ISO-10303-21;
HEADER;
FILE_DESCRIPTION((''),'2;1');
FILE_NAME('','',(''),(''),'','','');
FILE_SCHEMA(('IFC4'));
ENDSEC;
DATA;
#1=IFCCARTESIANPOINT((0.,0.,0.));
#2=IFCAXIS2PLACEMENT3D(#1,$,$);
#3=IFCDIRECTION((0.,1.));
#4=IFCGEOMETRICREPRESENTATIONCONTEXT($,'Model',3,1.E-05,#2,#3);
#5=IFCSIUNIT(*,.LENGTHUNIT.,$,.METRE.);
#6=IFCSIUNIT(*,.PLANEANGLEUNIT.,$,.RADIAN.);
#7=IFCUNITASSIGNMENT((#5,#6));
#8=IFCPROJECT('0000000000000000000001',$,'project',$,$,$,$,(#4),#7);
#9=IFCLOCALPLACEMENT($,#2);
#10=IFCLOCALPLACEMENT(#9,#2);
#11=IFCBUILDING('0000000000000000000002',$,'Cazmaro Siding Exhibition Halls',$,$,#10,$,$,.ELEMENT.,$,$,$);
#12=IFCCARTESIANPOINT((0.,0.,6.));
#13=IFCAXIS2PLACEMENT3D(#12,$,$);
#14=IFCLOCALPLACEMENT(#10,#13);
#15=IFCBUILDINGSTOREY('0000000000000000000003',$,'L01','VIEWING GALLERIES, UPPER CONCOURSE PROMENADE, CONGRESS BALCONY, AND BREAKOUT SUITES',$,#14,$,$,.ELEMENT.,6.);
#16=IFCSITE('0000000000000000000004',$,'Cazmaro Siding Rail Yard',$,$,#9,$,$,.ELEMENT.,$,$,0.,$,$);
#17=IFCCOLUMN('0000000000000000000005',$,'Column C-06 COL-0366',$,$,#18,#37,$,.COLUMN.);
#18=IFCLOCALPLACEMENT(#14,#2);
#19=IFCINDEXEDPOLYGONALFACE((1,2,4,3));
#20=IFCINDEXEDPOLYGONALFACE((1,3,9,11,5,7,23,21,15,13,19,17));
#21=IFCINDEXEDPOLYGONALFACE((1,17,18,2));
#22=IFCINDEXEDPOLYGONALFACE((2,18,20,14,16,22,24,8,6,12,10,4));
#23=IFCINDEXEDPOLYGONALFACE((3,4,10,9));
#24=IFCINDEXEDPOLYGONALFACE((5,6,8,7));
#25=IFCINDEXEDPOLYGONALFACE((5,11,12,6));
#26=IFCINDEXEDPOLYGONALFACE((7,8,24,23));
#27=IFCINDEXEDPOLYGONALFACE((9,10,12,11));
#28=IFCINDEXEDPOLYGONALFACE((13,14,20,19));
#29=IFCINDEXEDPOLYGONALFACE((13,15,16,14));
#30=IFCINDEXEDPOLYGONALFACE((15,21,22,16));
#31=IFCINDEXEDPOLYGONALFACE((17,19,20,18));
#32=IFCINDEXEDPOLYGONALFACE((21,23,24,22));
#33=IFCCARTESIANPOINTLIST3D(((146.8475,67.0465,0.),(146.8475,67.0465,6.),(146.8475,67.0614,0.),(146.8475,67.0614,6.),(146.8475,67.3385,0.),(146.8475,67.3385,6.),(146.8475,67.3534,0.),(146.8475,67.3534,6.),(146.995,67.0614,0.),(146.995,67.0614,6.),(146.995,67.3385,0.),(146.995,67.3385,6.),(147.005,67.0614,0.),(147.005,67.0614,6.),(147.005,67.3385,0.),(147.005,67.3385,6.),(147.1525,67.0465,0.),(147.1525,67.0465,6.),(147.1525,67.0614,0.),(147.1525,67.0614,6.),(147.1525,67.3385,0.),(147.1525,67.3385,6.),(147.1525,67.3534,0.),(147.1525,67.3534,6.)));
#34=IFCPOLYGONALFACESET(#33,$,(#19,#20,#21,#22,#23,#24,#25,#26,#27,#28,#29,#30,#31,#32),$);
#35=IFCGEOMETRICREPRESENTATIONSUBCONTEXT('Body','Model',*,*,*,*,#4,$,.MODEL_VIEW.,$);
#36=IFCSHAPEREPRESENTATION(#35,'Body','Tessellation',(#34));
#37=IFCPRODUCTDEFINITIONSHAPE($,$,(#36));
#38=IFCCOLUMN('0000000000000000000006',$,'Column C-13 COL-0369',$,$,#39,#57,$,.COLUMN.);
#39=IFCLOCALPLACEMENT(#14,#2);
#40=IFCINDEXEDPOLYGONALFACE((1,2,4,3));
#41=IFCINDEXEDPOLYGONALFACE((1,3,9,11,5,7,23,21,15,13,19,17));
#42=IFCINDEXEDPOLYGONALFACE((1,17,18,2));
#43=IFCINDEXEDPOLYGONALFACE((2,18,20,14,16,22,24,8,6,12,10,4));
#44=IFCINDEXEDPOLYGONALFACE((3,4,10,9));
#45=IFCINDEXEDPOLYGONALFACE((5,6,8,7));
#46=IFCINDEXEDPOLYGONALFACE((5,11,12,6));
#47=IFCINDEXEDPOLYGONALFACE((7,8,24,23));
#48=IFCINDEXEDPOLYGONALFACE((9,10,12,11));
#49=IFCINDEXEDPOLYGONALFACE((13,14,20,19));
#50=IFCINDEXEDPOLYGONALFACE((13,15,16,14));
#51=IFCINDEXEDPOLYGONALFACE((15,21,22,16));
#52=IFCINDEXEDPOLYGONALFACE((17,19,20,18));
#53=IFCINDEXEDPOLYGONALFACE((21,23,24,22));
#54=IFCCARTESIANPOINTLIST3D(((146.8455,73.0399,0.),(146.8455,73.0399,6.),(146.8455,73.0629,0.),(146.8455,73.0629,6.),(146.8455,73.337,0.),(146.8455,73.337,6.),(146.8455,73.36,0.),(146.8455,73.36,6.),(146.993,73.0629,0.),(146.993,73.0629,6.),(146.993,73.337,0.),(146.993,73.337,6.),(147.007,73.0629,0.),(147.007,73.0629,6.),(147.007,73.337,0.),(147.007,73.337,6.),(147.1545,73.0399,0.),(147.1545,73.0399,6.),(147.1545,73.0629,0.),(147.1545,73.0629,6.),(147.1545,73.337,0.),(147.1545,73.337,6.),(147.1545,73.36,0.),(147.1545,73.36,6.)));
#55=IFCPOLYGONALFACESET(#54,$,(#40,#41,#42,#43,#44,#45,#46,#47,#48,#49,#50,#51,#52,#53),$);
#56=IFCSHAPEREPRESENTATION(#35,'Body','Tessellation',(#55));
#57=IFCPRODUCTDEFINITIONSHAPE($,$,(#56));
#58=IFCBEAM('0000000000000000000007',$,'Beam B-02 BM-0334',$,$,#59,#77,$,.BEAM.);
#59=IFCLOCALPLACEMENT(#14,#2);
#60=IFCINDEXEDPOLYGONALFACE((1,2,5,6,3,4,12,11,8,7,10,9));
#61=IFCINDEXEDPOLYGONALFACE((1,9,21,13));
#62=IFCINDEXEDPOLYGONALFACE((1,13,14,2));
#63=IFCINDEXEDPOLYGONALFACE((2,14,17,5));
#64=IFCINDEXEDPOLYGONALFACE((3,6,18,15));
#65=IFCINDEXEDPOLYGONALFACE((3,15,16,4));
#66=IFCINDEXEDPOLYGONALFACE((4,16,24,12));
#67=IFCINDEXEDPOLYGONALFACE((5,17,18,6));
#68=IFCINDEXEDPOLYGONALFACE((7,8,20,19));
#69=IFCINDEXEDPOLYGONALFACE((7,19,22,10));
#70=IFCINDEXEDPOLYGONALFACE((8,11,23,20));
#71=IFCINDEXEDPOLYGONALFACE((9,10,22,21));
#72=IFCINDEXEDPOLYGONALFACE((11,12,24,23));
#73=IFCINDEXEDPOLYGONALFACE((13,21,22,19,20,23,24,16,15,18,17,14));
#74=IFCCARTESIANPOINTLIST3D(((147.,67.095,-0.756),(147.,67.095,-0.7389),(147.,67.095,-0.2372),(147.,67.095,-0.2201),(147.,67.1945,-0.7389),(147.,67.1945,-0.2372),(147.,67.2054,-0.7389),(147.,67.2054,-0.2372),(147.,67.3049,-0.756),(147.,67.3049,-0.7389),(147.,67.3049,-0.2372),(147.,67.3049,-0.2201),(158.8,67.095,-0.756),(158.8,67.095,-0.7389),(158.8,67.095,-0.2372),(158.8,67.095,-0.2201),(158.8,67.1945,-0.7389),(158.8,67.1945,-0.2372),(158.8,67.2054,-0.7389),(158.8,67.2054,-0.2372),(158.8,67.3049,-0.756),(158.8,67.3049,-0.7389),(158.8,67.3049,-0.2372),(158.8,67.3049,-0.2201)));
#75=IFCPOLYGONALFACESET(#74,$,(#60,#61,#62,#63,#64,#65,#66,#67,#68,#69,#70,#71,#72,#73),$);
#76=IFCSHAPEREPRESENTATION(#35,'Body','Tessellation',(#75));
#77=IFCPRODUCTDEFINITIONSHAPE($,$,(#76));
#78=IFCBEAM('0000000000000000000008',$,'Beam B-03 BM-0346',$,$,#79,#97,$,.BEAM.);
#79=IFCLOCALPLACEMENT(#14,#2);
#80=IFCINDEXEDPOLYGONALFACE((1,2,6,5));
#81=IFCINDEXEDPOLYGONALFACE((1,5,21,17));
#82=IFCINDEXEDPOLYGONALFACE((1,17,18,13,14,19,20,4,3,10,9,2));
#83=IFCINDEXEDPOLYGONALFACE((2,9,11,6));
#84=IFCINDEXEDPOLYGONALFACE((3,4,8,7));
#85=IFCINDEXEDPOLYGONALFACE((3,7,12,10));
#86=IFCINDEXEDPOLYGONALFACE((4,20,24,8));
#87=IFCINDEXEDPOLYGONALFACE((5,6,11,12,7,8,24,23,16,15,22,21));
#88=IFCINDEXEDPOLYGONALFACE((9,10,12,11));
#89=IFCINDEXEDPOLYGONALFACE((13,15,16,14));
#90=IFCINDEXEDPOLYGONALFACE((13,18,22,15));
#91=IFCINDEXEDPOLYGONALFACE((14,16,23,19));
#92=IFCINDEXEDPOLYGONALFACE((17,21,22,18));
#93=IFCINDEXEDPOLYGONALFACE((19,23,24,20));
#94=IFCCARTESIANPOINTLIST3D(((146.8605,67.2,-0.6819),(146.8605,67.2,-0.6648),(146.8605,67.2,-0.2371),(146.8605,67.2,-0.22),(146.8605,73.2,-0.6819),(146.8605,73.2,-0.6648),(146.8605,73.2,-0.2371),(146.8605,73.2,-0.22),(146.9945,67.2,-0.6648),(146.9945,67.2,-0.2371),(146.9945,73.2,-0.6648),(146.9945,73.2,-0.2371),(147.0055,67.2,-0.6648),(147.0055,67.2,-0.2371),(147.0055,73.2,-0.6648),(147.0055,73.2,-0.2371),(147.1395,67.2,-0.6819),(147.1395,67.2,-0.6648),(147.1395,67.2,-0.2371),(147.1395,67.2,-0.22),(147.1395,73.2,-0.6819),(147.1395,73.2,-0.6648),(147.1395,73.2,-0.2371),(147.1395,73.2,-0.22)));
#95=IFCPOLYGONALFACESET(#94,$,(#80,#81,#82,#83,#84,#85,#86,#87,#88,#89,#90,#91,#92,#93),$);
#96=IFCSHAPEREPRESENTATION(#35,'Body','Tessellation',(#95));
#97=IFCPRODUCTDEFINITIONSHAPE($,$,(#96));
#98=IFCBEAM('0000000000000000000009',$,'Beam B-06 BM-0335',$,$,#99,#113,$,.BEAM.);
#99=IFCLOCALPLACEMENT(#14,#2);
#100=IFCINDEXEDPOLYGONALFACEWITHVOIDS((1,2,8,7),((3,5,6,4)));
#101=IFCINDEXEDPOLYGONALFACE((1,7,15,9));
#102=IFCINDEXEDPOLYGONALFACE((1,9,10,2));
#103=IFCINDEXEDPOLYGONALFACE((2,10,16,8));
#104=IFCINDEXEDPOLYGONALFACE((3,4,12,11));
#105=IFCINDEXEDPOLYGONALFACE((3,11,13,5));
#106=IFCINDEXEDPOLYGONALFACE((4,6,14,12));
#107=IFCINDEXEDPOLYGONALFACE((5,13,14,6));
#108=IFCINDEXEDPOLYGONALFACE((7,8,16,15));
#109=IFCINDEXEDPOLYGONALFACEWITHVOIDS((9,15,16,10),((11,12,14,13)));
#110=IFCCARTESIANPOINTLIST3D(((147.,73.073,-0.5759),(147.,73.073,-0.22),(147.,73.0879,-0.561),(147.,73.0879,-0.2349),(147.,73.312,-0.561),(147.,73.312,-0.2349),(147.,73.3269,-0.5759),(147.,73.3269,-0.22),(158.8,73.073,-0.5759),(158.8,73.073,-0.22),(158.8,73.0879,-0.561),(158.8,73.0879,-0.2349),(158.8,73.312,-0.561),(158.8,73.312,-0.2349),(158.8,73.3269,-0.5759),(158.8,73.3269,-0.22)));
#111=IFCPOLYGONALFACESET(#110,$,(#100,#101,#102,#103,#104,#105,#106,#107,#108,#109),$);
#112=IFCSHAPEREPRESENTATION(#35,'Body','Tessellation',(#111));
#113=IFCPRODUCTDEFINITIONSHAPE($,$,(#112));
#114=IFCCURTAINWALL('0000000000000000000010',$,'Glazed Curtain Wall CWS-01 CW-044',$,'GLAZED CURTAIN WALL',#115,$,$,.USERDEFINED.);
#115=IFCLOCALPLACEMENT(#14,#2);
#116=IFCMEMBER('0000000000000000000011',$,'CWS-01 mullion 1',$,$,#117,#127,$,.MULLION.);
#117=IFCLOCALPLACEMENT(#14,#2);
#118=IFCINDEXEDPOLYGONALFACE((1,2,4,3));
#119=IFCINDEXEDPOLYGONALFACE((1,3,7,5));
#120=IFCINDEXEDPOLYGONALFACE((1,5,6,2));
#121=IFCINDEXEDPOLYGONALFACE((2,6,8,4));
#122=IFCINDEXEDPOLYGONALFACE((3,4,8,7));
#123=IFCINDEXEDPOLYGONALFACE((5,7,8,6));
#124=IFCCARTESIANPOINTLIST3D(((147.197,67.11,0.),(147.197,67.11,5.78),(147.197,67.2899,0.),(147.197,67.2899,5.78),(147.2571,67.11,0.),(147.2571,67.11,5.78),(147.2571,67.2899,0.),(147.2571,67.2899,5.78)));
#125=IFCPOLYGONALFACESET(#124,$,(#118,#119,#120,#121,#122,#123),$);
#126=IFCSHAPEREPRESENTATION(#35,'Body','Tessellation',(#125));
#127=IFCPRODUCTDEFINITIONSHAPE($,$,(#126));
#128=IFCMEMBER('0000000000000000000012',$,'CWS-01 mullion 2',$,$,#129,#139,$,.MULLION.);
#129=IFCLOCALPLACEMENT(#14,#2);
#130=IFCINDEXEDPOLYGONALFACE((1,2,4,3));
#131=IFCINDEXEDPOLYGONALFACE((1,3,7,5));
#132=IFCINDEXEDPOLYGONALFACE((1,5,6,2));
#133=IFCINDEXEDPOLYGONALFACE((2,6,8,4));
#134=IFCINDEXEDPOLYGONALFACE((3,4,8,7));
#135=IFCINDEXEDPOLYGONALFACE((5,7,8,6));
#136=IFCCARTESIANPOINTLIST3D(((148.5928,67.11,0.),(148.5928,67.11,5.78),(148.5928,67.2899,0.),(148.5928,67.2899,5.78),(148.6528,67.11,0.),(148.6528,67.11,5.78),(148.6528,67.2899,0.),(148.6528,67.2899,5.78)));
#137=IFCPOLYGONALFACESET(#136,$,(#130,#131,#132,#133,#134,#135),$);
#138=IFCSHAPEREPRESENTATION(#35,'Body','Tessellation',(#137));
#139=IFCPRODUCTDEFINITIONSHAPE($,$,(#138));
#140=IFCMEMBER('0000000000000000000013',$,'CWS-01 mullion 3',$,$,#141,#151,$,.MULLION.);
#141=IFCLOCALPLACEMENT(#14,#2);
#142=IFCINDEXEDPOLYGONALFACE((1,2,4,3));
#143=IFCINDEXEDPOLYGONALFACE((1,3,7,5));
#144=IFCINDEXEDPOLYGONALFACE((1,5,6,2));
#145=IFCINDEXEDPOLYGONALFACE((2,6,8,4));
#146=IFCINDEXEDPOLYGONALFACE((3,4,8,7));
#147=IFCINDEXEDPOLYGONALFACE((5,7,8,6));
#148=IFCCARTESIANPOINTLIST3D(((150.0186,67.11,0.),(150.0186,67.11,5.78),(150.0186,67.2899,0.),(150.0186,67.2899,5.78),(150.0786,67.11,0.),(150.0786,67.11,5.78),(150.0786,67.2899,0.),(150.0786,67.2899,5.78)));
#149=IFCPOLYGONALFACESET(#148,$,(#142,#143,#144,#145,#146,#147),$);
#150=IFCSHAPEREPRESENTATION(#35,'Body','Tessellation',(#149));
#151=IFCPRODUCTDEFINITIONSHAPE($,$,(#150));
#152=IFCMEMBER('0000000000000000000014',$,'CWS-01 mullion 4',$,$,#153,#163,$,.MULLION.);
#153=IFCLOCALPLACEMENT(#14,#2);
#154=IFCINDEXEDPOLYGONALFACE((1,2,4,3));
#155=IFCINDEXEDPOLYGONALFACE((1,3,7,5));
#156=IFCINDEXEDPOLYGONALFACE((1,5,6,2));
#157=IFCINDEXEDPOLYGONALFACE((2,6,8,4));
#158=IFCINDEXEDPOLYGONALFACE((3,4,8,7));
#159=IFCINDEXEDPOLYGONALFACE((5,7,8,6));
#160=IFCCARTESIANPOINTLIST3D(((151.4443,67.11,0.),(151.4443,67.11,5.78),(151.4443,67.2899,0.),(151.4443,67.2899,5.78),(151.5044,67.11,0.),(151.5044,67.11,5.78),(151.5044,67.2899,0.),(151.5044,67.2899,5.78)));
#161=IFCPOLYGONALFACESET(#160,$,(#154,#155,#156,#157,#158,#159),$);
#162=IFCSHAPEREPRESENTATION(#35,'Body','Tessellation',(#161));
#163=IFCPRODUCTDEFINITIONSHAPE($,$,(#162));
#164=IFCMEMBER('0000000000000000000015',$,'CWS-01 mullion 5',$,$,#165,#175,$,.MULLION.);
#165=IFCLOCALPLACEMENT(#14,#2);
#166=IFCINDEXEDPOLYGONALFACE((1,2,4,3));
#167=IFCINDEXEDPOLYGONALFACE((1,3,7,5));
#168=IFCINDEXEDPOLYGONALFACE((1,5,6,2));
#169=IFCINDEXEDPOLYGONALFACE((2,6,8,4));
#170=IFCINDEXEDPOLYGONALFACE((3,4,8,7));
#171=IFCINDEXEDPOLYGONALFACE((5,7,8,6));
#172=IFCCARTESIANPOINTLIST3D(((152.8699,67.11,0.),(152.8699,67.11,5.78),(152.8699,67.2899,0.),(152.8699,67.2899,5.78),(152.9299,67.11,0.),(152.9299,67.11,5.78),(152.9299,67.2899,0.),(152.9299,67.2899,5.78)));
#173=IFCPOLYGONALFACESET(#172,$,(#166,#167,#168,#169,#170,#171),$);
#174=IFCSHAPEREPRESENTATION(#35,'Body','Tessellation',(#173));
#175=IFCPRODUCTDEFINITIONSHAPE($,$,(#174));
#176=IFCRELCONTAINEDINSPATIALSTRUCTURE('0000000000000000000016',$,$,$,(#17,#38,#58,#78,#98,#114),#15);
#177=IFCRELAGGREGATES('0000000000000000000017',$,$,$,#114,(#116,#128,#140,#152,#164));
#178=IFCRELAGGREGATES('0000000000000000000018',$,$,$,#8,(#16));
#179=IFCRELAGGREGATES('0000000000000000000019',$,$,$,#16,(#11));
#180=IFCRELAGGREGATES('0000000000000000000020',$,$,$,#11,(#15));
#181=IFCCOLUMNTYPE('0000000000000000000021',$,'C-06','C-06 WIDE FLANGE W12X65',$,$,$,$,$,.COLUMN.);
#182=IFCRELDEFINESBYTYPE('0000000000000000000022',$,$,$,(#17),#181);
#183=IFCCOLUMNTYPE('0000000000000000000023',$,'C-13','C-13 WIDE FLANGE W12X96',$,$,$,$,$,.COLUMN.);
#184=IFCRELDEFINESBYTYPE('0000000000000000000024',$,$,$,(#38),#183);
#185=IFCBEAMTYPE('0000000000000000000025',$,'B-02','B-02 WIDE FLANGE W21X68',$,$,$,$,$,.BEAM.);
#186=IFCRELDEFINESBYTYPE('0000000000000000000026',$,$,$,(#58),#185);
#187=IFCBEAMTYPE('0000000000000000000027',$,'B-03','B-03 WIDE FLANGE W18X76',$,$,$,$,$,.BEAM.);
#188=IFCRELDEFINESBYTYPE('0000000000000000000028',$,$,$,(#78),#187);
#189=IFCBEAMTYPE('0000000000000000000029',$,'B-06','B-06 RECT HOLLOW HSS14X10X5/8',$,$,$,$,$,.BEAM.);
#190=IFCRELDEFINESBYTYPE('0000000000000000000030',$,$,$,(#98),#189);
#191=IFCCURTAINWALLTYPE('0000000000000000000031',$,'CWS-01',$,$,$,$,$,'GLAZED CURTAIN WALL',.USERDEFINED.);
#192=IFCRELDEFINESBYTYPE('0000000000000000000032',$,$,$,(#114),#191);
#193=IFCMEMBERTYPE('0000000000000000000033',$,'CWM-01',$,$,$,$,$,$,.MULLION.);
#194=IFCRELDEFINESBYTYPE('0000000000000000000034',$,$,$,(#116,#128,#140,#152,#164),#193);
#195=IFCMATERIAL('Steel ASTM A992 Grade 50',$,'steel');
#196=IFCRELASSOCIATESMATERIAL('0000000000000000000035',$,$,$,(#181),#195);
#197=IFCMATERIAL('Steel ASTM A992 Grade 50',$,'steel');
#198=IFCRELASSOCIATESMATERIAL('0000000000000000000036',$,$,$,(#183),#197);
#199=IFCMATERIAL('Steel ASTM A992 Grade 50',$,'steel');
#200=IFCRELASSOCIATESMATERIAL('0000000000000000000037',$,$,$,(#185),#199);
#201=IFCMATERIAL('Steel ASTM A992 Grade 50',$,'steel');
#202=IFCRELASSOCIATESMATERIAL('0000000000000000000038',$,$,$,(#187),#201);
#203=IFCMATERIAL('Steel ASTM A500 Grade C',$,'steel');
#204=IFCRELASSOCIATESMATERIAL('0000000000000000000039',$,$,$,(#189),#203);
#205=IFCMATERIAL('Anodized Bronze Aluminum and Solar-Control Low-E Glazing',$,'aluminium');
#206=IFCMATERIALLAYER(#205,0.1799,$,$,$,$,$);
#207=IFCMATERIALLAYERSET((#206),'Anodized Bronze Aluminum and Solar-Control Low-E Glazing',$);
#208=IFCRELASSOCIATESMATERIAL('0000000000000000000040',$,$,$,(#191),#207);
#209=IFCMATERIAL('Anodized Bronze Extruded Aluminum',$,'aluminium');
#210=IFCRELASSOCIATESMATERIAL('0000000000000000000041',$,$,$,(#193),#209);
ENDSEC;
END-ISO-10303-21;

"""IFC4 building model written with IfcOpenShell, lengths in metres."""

from ifc_helpers import new_model, si_unit, direction, frame, origin, origin_2d, place, context, subcontext, project, spatial, rectangle, hollow_rectangle, i_section, extrude, material, layer, layer_set, material_profile, profile_set, type_object, element, aggregate, save


model = new_model("IFC4")

# Units and contexts
model_context = context("Model", 3, precision=1e-05, world=origin(), true_north=direction((0.0, 1.0)))
body_context = subcontext(model_context, "Body", "Model", "MODEL_VIEW")
ifc_project = project(units=[si_unit("LENGTHUNIT", "METRE"), si_unit("PLANEANGLEUNIT", "RADIAN")], contexts=[model_context])

# Site, building, storey
site_placement = place(None, origin())
site = spatial("IfcSite", under=ifc_project, at=site_placement, Name="Cazmaro Siding Rail Yard", CompositionType="ELEMENT", RefElevation=0.0)
building_placement = place(site_placement, origin())
building = spatial("IfcBuilding", under=site, at=building_placement, Name="Cazmaro Siding Exhibition Halls", CompositionType="ELEMENT")
storey_placement = place(building_placement, frame((0.0, 0.0, 6.0)))
storey = spatial("IfcBuildingStorey", under=building, at=storey_placement, Name="L01", Description="VIEWING GALLERIES, UPPER CONCOURSE PROMENADE, CONGRESS BALCONY, AND BREAKOUT SUITES", CompositionType="ELEMENT", Elevation=6.0)

# Columns
ifc_material_1 = material(Name="Steel ASTM A992 Grade 50", Category="steel")
ifc_material_profile_1 = material_profile(ifc_material_1, i_section(OverallWidth=0.3049, OverallDepth=0.3069, WebThickness=0.01, FlangeThickness=0.0149, at=origin_2d()), Name="W12X65")
ifc_profile_set_1 = profile_set([ifc_material_profile_1], Name="Steel ASTM A992 Grade 50")
column_type_1 = type_object("IfcColumnType", Name="C-06", Description="C-06 WIDE FLANGE W12X65", PredefinedType="COLUMN", material=ifc_profile_set_1)
column_1_placement = place(storey_placement, frame((147.0, 67.2, 0.0), z_axis=(0.0, 0.0, 1.0), x_axis=(1.0, 0.0, 0.0)))
element("IfcColumn", 1, at=column_1_placement, inside=storey, type_object=column_type_1, Name="Column C-06 COL-0366", PredefinedType="COLUMN", context=body_context, shape_type="SweptSolid", body=[
    extrude(i_section(OverallWidth=0.3049, OverallDepth=0.3069, WebThickness=0.01, FlangeThickness=0.0149, at=origin_2d()), origin(), (0.0, 0.0, 1.0), 6.0),
])
ifc_material_2 = material(Name="Steel ASTM A992 Grade 50", Category="steel")
ifc_material_profile_2 = material_profile(ifc_material_2, i_section(OverallWidth=0.3091, OverallDepth=0.3201, WebThickness=0.0139, FlangeThickness=0.0229, at=origin_2d()), Name="W12X96")
ifc_profile_set_2 = profile_set([ifc_material_profile_2], Name="Steel ASTM A992 Grade 50")
column_type_2 = type_object("IfcColumnType", Name="C-13", Description="C-13 WIDE FLANGE W12X96", PredefinedType="COLUMN", material=ifc_profile_set_2)
column_2_placement = place(storey_placement, frame((147.0, 73.2, 0.0), z_axis=(0.0, 0.0, 1.0), x_axis=(1.0, 0.0, 0.0)))
element("IfcColumn", 2, at=column_2_placement, inside=storey, type_object=column_type_2, Name="Column C-13 COL-0369", PredefinedType="COLUMN", context=body_context, shape_type="SweptSolid", body=[
    extrude(i_section(OverallWidth=0.3091, OverallDepth=0.3201, WebThickness=0.0139, FlangeThickness=0.0229, at=origin_2d()), origin(), (0.0, 0.0, 1.0), 6.0),
])

# Beams
ifc_material_3 = material(Name="Steel ASTM A992 Grade 50", Category="steel")
ifc_material_profile_3 = material_profile(ifc_material_3, i_section(OverallWidth=0.21, OverallDepth=0.5359, WebThickness=0.011, FlangeThickness=0.0171, at=origin_2d()), Name="W21X68")
ifc_profile_set_3 = profile_set([ifc_material_profile_3], Name="Steel ASTM A992 Grade 50")
beam_type_1 = type_object("IfcBeamType", Name="B-02", Description="B-02 WIDE FLANGE W21X68", PredefinedType="BEAM", material=ifc_profile_set_3)
beam_1_placement = place(storey_placement, frame((147.0, 67.2, -0.488), z_axis=(1.0, 0.0, 0.0), x_axis=(0.0, 1.0, 0.0)))
element("IfcBeam", 3, at=beam_1_placement, inside=storey, type_object=beam_type_1, Name="Beam B-02 BM-0334", PredefinedType="BEAM", context=body_context, shape_type="SweptSolid", body=[
    extrude(i_section(OverallWidth=0.21, OverallDepth=0.5359, WebThickness=0.011, FlangeThickness=0.0171, at=origin_2d()), origin(), (0.0, 0.0, 1.0), 11.8),
])
ifc_material_4 = material(Name="Steel ASTM A992 Grade 50", Category="steel")
ifc_material_profile_4 = material_profile(ifc_material_4, i_section(OverallWidth=0.2791, OverallDepth=0.4619, WebThickness=0.011, FlangeThickness=0.0171, at=origin_2d()), Name="W18X76")
ifc_profile_set_4 = profile_set([ifc_material_profile_4], Name="Steel ASTM A992 Grade 50")
beam_type_2 = type_object("IfcBeamType", Name="B-03", Description="B-03 WIDE FLANGE W18X76", PredefinedType="BEAM", material=ifc_profile_set_4)
beam_2_placement = place(storey_placement, frame((147.0, 67.2, -0.4509), z_axis=(0.0, 1.0, 0.0), x_axis=(-1.0, 0.0, 0.0)))
element("IfcBeam", 4, at=beam_2_placement, inside=storey, type_object=beam_type_2, Name="Beam B-03 BM-0346", PredefinedType="BEAM", context=body_context, shape_type="SweptSolid", body=[
    extrude(i_section(OverallWidth=0.2791, OverallDepth=0.4619, WebThickness=0.011, FlangeThickness=0.0171, at=origin_2d()), origin(), (0.0, 0.0, 1.0), 6.0),
])
ifc_material_5 = material(Name="Steel ASTM A500 Grade C", Category="steel")
ifc_material_profile_5 = material_profile(ifc_material_5, hollow_rectangle(XDim=0.2539, YDim=0.356, WallThickness=0.0149, at=origin_2d()), Name="HSS14X10X5/8")
ifc_profile_set_5 = profile_set([ifc_material_profile_5], Name="Steel ASTM A500 Grade C")
beam_type_3 = type_object("IfcBeamType", Name="B-06", Description="B-06 RECT HOLLOW HSS14X10X5/8", PredefinedType="BEAM", material=ifc_profile_set_5)
beam_3_placement = place(storey_placement, frame((147.0, 73.2, -0.3979), z_axis=(1.0, 0.0, 0.0), x_axis=(0.0, 1.0, 0.0)))
element("IfcBeam", 5, at=beam_3_placement, inside=storey, type_object=beam_type_3, Name="Beam B-06 BM-0335", PredefinedType="BEAM", context=body_context, shape_type="SweptSolid", body=[
    extrude(hollow_rectangle(XDim=0.2539, YDim=0.356, WallThickness=0.0149, at=origin_2d()), origin(), (0.0, 0.0, 1.0), 11.8),
])

# Curtain wall, members
ifc_material_6 = material(Name="Anodized Bronze Aluminum and Solar-Control Low-E Glazing", Category="aluminium")
ifc_layer_1 = layer(ifc_material_6, 0.1799)
ifc_layer_set_1 = layer_set([ifc_layer_1], Name="Anodized Bronze Aluminum and Solar-Control Low-E Glazing")
curtain_wall_type = type_object("IfcCurtainWallType", Name="CWS-01", ElementType="GLAZED CURTAIN WALL", PredefinedType="USERDEFINED", material=ifc_layer_set_1)
curtain_wall_placement = place(storey_placement, origin())
curtain_wall = element("IfcCurtainWall", 6, at=curtain_wall_placement, inside=storey, type_object=curtain_wall_type, Name="Glazed Curtain Wall CWS-01 CW-044", ObjectType="GLAZED CURTAIN WALL", PredefinedType="USERDEFINED")
ifc_material_7 = material(Name="Anodized Bronze Extruded Aluminum", Category="aluminium")
ifc_material_profile_6 = material_profile(ifc_material_7, rectangle(XDim=0.1799, YDim=0.0601, at=origin_2d()), Name="CWM-01")
ifc_profile_set_6 = profile_set([ifc_material_profile_6], Name="Anodized Bronze Extruded Aluminum")
member_type_1 = type_object("IfcMemberType", Name="CWM-01", PredefinedType="MULLION", material=ifc_profile_set_6)
member_1_placement = place(storey_placement, frame((147.2271, 67.2, 0.0), z_axis=(0.0, 0.0, 1.0), x_axis=(0.0, 1.0, 0.0)))
member_1 = element("IfcMember", 7, at=member_1_placement, type_object=member_type_1, Name="CWS-01 mullion 1", PredefinedType="MULLION", context=body_context, shape_type="SweptSolid", body=[
    extrude(rectangle(XDim=0.1799, YDim=0.0601, at=origin_2d()), origin(), (0.0, 0.0, 1.0), 5.78),
])
member_2_placement = place(storey_placement, frame((148.6228, 67.2, 0.0), z_axis=(0.0, 0.0, 1.0), x_axis=(0.0, 1.0, 0.0)))
member_2 = element("IfcMember", 8, at=member_2_placement, type_object=member_type_1, Name="CWS-01 mullion 2", PredefinedType="MULLION", context=body_context, shape_type="SweptSolid", body=[
    extrude(rectangle(XDim=0.1799, YDim=0.0601, at=origin_2d()), origin(), (0.0, 0.0, 1.0), 5.78),
])
member_3_placement = place(storey_placement, frame((150.0486, 67.2, 0.0), z_axis=(0.0, 0.0, 1.0), x_axis=(0.0, 1.0, 0.0)))
member_3 = element("IfcMember", 9, at=member_3_placement, type_object=member_type_1, Name="CWS-01 mullion 3", PredefinedType="MULLION", context=body_context, shape_type="SweptSolid", body=[
    extrude(rectangle(XDim=0.1799, YDim=0.0601, at=origin_2d()), origin(), (0.0, 0.0, 1.0), 5.78),
])
member_4_placement = place(storey_placement, frame((151.4744, 67.2, 0.0), z_axis=(0.0, 0.0, 1.0), x_axis=(0.0, 1.0, 0.0)))
member_4 = element("IfcMember", 10, at=member_4_placement, type_object=member_type_1, Name="CWS-01 mullion 4", PredefinedType="MULLION", context=body_context, shape_type="SweptSolid", body=[
    extrude(rectangle(XDim=0.1799, YDim=0.0601, at=origin_2d()), origin(), (0.0, 0.0, 1.0), 5.78),
])
member_5_placement = place(storey_placement, frame((152.8999, 67.2, 0.0), z_axis=(0.0, 0.0, 1.0), x_axis=(0.0, 1.0, 0.0)))
member_5 = element("IfcMember", 11, at=member_5_placement, type_object=member_type_1, Name="CWS-01 mullion 5", PredefinedType="MULLION", context=body_context, shape_type="SweptSolid", body=[
    extrude(rectangle(XDim=0.1799, YDim=0.0601, at=origin_2d()), origin(), (0.0, 0.0, 1.0), 5.78),
])
aggregate(curtain_wall, [member_1, member_2, member_3, member_4, member_5])

save(model, "model.ifc")
